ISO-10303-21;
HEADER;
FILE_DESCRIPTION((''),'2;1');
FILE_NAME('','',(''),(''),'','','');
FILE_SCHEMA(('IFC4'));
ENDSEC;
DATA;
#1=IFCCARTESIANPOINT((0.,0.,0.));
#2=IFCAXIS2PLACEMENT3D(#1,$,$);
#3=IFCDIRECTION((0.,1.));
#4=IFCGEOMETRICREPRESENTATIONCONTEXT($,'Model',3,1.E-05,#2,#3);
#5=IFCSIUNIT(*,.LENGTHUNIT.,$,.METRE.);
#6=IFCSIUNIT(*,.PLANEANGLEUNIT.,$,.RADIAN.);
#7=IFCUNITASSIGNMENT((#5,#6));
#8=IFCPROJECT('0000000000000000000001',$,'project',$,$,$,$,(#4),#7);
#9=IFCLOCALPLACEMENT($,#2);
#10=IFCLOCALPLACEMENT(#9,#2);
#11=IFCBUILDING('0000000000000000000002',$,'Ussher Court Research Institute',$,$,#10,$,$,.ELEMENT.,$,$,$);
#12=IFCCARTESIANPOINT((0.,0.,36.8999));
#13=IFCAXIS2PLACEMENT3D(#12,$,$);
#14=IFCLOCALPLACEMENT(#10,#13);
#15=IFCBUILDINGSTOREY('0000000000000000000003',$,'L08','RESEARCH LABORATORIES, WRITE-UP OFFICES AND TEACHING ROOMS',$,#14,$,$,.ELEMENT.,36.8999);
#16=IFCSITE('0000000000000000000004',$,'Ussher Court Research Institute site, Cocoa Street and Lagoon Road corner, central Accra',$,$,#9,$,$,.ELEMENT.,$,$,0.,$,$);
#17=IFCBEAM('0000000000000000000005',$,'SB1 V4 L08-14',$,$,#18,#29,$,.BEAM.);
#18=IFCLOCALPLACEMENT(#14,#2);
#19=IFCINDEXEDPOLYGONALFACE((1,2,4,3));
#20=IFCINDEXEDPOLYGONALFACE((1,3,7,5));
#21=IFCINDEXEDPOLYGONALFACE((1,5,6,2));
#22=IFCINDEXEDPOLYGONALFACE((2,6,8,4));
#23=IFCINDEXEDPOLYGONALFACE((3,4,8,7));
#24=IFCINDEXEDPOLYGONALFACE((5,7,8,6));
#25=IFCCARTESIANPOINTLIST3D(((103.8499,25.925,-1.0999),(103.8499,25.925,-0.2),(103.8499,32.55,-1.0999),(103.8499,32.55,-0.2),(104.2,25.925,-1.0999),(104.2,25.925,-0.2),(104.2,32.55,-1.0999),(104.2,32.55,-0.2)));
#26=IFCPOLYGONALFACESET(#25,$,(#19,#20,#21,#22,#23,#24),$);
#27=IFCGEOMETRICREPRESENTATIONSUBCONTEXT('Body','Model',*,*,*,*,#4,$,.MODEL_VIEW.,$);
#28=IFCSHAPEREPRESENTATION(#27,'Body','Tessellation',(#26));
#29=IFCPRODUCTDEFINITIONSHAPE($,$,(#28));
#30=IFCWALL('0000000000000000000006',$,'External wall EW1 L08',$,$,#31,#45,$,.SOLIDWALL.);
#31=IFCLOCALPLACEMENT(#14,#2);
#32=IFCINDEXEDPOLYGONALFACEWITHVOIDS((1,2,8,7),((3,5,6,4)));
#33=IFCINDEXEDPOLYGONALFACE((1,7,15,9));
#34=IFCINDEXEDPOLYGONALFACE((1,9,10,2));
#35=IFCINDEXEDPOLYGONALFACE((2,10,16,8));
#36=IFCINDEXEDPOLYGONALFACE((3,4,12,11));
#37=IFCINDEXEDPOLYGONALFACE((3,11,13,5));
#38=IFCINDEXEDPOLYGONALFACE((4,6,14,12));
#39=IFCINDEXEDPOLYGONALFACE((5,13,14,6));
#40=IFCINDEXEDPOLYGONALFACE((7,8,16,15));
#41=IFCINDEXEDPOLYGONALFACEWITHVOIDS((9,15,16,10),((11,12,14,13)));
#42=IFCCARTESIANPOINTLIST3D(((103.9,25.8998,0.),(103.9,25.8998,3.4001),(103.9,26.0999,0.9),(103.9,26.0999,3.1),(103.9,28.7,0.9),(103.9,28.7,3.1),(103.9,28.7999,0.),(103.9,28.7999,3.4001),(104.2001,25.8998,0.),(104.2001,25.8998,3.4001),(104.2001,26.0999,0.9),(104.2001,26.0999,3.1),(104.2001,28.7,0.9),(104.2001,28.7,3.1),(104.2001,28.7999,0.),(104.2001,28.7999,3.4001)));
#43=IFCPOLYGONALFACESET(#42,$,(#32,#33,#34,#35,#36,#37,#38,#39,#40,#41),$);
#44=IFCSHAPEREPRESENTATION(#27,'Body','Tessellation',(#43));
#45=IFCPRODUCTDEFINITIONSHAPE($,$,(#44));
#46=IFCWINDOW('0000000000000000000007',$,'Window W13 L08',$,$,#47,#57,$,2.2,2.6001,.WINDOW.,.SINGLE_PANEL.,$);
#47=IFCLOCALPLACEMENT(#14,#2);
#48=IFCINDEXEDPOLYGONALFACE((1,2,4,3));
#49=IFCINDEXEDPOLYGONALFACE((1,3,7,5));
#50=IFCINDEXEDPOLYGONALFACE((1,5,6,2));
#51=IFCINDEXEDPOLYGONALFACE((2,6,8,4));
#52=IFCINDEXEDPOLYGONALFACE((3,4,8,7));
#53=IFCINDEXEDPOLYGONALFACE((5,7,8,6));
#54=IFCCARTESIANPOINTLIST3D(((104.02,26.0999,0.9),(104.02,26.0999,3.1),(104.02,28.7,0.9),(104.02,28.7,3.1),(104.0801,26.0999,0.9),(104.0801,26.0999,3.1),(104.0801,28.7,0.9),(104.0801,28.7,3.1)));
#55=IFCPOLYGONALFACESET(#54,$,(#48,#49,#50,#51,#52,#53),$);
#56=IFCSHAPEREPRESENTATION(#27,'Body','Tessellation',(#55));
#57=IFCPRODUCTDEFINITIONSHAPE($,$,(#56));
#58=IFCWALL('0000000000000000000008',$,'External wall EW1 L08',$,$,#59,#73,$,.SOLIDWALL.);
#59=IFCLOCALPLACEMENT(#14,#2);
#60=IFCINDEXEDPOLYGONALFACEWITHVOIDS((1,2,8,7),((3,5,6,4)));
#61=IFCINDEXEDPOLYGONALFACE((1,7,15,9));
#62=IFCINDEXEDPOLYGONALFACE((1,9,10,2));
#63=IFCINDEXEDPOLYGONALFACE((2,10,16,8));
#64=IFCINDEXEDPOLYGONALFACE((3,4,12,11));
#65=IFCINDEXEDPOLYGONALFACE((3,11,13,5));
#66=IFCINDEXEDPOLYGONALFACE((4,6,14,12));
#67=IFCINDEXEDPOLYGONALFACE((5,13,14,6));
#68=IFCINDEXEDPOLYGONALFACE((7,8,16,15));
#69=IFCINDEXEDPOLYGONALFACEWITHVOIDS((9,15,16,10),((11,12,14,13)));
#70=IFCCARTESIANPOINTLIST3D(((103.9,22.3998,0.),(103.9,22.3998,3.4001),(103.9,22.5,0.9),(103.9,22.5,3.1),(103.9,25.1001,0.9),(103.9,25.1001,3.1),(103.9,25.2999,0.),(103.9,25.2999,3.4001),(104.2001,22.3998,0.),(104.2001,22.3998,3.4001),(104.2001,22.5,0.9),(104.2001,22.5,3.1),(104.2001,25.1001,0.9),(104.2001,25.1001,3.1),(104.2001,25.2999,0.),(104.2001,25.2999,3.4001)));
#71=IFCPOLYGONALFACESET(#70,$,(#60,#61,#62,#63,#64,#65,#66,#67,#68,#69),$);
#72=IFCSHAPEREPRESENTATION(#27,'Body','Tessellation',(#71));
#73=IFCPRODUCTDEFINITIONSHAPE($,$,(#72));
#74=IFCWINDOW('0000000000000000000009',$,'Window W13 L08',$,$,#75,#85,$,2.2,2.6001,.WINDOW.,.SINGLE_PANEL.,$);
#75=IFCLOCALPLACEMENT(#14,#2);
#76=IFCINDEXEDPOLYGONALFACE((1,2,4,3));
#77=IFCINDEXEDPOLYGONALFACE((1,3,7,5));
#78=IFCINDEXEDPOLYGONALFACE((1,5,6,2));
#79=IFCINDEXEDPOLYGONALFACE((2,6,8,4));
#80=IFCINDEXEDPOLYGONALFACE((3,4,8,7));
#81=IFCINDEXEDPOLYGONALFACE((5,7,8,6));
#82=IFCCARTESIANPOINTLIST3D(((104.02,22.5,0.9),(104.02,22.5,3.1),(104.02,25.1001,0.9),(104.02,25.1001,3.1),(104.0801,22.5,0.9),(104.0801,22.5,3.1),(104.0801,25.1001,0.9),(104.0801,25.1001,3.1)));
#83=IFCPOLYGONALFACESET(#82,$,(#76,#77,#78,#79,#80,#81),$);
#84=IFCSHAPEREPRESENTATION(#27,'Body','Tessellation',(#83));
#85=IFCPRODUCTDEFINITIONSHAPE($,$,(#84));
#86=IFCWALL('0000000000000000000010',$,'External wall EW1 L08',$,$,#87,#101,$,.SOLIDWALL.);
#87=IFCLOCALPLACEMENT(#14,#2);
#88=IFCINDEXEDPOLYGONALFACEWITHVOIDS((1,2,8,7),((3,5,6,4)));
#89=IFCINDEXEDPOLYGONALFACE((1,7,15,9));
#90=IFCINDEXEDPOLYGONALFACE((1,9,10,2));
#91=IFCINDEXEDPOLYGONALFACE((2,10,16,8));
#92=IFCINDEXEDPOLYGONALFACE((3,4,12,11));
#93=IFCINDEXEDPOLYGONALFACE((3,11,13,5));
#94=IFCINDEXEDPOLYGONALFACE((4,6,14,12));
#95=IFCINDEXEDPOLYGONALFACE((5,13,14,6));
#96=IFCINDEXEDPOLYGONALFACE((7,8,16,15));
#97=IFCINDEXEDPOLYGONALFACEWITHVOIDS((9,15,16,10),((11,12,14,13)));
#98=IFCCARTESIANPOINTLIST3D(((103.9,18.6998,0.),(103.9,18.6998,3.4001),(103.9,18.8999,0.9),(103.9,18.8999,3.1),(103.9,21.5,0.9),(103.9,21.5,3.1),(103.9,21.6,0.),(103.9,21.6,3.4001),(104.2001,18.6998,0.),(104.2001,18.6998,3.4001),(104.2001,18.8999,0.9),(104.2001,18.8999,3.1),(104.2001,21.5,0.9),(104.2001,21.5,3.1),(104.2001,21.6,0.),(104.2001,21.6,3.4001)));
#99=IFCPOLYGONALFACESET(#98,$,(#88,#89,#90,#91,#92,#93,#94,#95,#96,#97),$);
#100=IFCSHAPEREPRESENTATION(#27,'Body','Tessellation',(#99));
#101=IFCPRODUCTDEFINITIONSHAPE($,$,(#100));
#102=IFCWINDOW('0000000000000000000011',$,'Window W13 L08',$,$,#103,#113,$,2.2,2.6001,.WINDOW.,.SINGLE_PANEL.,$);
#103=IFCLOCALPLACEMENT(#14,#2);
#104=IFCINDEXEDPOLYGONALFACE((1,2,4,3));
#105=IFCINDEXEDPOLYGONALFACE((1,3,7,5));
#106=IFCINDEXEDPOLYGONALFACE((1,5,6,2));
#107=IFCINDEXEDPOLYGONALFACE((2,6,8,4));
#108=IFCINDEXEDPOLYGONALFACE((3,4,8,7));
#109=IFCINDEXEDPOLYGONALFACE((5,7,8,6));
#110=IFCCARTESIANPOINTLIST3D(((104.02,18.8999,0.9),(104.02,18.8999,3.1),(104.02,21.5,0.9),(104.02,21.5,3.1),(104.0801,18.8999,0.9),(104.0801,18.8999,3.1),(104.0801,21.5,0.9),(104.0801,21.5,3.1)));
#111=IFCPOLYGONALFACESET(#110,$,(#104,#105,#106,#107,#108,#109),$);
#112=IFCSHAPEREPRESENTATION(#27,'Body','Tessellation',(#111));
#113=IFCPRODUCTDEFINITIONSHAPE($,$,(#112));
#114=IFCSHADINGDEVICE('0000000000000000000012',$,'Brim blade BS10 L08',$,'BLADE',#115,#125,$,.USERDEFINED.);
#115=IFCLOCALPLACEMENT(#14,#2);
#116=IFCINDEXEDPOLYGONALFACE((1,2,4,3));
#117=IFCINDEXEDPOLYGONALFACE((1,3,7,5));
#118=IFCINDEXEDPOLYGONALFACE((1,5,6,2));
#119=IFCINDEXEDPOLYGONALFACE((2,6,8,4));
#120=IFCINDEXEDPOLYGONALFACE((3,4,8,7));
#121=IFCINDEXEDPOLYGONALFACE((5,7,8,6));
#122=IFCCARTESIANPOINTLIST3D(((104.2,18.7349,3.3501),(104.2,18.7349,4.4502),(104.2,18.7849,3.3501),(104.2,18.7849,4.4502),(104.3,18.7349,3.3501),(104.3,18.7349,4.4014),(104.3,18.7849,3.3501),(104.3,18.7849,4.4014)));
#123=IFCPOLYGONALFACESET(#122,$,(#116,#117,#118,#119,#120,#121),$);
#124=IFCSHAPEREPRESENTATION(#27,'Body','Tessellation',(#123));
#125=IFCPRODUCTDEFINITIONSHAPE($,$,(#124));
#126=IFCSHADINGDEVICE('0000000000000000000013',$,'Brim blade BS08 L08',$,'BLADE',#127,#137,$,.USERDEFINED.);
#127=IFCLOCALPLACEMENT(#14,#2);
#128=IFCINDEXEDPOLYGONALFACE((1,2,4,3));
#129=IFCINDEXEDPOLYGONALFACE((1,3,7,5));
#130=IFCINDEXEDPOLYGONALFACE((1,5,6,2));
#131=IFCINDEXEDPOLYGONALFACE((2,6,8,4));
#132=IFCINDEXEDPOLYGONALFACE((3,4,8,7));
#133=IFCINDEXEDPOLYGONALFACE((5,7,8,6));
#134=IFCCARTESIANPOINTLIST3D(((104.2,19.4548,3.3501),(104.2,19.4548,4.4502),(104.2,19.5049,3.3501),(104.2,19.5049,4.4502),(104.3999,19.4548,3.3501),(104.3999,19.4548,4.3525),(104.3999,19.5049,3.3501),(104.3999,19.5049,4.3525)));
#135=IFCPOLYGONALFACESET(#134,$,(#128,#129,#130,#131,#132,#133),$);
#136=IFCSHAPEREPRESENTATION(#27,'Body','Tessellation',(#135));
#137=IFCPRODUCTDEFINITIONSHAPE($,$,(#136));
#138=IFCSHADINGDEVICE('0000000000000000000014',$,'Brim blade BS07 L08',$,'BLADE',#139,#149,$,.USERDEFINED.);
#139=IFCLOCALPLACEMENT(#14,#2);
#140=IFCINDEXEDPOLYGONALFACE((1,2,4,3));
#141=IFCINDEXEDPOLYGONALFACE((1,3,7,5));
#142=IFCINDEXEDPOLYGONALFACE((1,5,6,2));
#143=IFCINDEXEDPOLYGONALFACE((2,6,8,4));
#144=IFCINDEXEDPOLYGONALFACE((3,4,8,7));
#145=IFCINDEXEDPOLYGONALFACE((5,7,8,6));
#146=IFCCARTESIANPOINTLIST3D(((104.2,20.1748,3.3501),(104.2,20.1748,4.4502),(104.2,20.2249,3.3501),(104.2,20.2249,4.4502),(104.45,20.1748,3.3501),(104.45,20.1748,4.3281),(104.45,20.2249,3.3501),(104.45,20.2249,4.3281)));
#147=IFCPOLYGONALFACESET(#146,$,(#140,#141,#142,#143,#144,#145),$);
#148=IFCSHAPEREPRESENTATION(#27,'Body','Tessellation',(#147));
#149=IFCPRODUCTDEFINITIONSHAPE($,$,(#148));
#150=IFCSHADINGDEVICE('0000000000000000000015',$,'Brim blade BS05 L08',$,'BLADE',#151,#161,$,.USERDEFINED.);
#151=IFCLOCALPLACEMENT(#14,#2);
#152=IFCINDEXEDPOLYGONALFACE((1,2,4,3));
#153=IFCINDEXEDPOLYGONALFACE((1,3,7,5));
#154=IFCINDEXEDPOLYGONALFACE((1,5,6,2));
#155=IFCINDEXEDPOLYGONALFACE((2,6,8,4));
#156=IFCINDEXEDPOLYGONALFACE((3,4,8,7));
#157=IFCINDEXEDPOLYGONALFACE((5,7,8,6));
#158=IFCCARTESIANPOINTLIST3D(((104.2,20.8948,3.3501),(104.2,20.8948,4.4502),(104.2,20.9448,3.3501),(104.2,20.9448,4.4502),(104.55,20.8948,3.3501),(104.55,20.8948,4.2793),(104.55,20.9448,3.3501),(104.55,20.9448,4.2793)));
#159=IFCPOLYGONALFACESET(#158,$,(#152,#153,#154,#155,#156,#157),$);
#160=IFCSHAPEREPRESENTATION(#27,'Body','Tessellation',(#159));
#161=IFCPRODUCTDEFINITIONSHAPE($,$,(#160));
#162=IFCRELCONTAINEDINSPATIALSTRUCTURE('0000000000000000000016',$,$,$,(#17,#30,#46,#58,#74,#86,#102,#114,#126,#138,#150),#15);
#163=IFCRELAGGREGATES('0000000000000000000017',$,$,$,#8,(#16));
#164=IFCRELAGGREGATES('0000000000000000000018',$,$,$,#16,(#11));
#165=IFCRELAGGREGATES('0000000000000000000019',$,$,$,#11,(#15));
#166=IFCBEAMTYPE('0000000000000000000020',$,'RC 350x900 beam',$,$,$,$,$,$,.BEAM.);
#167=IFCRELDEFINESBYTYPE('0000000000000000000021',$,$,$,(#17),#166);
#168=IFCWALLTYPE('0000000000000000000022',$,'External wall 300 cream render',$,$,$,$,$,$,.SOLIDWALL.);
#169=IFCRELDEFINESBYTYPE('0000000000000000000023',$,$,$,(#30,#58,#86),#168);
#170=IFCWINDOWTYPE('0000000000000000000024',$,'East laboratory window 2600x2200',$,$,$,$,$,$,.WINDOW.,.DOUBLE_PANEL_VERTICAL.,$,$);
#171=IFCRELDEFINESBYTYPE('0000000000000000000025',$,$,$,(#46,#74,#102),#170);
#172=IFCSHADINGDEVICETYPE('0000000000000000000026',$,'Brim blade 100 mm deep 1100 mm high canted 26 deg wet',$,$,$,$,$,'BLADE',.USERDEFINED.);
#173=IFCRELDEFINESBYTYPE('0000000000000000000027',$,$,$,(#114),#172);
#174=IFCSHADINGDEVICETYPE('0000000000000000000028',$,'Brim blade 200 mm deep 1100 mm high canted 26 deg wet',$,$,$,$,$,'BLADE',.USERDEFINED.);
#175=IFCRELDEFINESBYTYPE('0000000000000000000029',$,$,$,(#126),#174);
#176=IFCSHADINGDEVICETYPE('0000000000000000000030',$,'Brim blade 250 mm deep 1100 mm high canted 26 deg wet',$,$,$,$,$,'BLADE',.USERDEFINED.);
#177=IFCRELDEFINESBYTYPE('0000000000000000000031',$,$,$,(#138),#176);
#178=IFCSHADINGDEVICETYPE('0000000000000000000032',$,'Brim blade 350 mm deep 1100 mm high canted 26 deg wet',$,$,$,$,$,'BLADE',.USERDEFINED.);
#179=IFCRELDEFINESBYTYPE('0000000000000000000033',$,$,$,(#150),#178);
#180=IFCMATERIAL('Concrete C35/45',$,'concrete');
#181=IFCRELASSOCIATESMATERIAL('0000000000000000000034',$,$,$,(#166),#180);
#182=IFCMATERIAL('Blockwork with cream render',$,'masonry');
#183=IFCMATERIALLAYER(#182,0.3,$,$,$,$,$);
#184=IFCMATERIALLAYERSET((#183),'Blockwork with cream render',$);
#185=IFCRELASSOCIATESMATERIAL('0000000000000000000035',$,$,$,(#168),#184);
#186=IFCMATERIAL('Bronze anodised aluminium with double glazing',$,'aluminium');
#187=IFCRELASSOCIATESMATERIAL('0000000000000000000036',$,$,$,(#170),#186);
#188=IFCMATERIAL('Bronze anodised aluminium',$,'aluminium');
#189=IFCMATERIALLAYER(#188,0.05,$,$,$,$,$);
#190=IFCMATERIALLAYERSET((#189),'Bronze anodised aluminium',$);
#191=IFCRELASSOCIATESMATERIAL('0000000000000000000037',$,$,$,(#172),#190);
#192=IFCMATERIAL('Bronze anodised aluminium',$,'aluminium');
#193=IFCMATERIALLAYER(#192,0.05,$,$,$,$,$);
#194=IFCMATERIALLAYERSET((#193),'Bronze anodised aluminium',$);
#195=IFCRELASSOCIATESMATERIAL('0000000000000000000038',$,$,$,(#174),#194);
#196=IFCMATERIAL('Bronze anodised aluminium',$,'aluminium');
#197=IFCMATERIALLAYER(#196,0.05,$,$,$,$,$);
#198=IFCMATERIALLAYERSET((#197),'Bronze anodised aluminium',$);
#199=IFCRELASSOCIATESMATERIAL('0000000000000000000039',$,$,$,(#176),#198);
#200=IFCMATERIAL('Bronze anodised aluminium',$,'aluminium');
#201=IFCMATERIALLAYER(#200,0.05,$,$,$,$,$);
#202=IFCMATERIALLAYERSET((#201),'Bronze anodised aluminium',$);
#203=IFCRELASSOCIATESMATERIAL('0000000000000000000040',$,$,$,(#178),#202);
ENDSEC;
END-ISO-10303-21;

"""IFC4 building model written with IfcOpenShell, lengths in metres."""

from ifc_helpers import new_model, si_unit, direction, frame, frame_2d, origin, origin_2d, place, context, subcontext, project, spatial, polyline, rectangle, outline, extrude, material, layer, layer_set, material_profile, profile_set, type_object, element, fill, save


model = new_model("IFC4")

# Units and contexts
model_context = context("Model", 3, precision=1e-05, world=origin(), true_north=direction((0.0, 1.0)))
body_context = subcontext(model_context, "Body", "Model", "MODEL_VIEW")
ifc_project = project(units=[si_unit("LENGTHUNIT", "METRE"), si_unit("PLANEANGLEUNIT", "RADIAN")], contexts=[model_context])

# Site, building, storey
site_placement = place(None, origin())
site = spatial("IfcSite", under=ifc_project, at=site_placement, Name="Ussher Court Research Institute site, Cocoa Street and Lagoon Road corner, central Accra", CompositionType="ELEMENT", RefElevation=0.0)
building_placement = place(site_placement, origin())
building = spatial("IfcBuilding", under=site, at=building_placement, Name="Ussher Court Research Institute", CompositionType="ELEMENT")
storey_placement = place(building_placement, frame((0.0, 0.0, 36.8999)))
storey = spatial("IfcBuildingStorey", under=building, at=storey_placement, Name="L08", Description="RESEARCH LABORATORIES, WRITE-UP OFFICES AND TEACHING ROOMS", CompositionType="ELEMENT", Elevation=36.8999)

# Beam
ifc_material_1 = material(Name="Concrete C35/45", Category="concrete")
ifc_material_profile = material_profile(ifc_material_1, rectangle(XDim=0.3501, YDim=0.8999, at=origin_2d()), Name="RC 350x900")
ifc_profile_set = profile_set([ifc_material_profile], Name="Concrete C35/45")
beam_type = type_object("IfcBeamType", Name="RC 350x900 beam", PredefinedType="BEAM", material=ifc_profile_set)
beam_placement = place(storey_placement, frame((104.0249, 25.925, -0.6499), z_axis=(0.0, 1.0, 0.0), x_axis=(-1.0, 0.0, 0.0)))
element("IfcBeam", 1, at=beam_placement, inside=storey, type_object=beam_type, Name="SB1 V4 L08-14", PredefinedType="BEAM", context=body_context, shape_type="SweptSolid", body=[
    extrude(rectangle(XDim=0.3501, YDim=0.8999, at=origin_2d()), origin(), (0.0, 0.0, 1.0), 6.625),
])

# Walls, openings, windows
ifc_material_2 = material(Name="Blockwork with cream render", Category="masonry")
ifc_layer_1 = layer(ifc_material_2, 0.3)
ifc_layer_set_1 = layer_set([ifc_layer_1], Name="Blockwork with cream render")
wall_type = type_object("IfcWallType", Name="External wall 300 cream render", PredefinedType="SOLIDWALL", material=ifc_layer_set_1)
wall_1_placement = place(storey_placement, frame((104.05, 28.8, 0.0), z_axis=(0.0, 0.0, 1.0), x_axis=(0.0, -1.0, 0.0)))
wall_1 = element("IfcWall", 2, at=wall_1_placement, inside=storey, type_object=wall_type, Name="External wall EW1 L08", PredefinedType="SOLIDWALL", context=body_context, shape_type="SweptSolid", body=[
    extrude(rectangle(XDim=2.9001, YDim=0.3, at=frame_2d((1.4502, 0.0))), origin(), (0.0, 0.0, 1.0), 3.4001),
])
opening_1_placement = place(wall_1_placement, frame((0.1001, 0.0, 0.8999)))
opening_1 = element("IfcOpeningElement", 3, at=opening_1_placement, cuts=wall_1, PredefinedType="OPENING", context=body_context, shape_type="SweptSolid", body=[
    extrude(rectangle(XDim=2.6001, YDim=2.2, at=frame_2d((1.3, 1.1001))), frame((0.0, 0.1602, 0.0), z_axis=(0.0, -1.0, 0.0), x_axis=(1.0, 0.0, 0.0)), (0.0, 0.0, 1.0), 0.3201),
])
ifc_material_3 = material(Name="Bronze anodised aluminium with double glazing", Category="aluminium")
window_type = type_object("IfcWindowType", Name="East laboratory window 2600x2200", PartitioningType="DOUBLE_PANEL_VERTICAL", PredefinedType="WINDOW", material=ifc_material_3)
window_1_placement = place(opening_1_placement, origin())
window_1 = element("IfcWindow", 4, at=window_1_placement, inside=storey, type_object=window_type, Name="Window W13 L08", OverallHeight=2.2, OverallWidth=2.6001, PartitioningType="SINGLE_PANEL", PredefinedType="WINDOW", context=body_context, shape_type="SweptSolid", body=[
    extrude(rectangle(XDim=2.6001, YDim=2.2, at=frame_2d((1.3, 1.1001))), frame((0.0, 0.03, 0.0), z_axis=(0.0, -1.0, 0.0), x_axis=(1.0, 0.0, 0.0)), (0.0, 0.0, 1.0), 0.0601),
])
fill(opening_1, window_1)
wall_2_placement = place(storey_placement, frame((104.05, 25.3, 0.0), z_axis=(0.0, 0.0, 1.0), x_axis=(0.0, -1.0, 0.0)))
wall_2 = element("IfcWall", 5, at=wall_2_placement, inside=storey, type_object=wall_type, Name="External wall EW1 L08", PredefinedType="SOLIDWALL", context=body_context, shape_type="SweptSolid", body=[
    extrude(rectangle(XDim=2.9001, YDim=0.3, at=frame_2d((1.4502, 0.0))), origin(), (0.0, 0.0, 1.0), 3.4001),
])
opening_2_placement = place(wall_2_placement, frame((0.2, 0.0, 0.8999)))
opening_2 = element("IfcOpeningElement", 6, at=opening_2_placement, cuts=wall_2, PredefinedType="OPENING", context=body_context, shape_type="SweptSolid", body=[
    extrude(rectangle(XDim=2.6001, YDim=2.2, at=frame_2d((1.3, 1.1001))), frame((0.0, 0.1602, 0.0), z_axis=(0.0, -1.0, 0.0), x_axis=(1.0, 0.0, 0.0)), (0.0, 0.0, 1.0), 0.3201),
])
window_2_placement = place(opening_2_placement, origin())
window_2 = element("IfcWindow", 7, at=window_2_placement, inside=storey, type_object=window_type, Name="Window W13 L08", OverallHeight=2.2, OverallWidth=2.6001, PartitioningType="SINGLE_PANEL", PredefinedType="WINDOW", context=body_context, shape_type="SweptSolid", body=[
    extrude(rectangle(XDim=2.6001, YDim=2.2, at=frame_2d((1.3, 1.1001))), frame((0.0, 0.03, 0.0), z_axis=(0.0, -1.0, 0.0), x_axis=(1.0, 0.0, 0.0)), (0.0, 0.0, 1.0), 0.0601),
])
fill(opening_2, window_2)
wall_3_placement = place(storey_placement, frame((104.05, 21.6001, 0.0), z_axis=(0.0, 0.0, 1.0), x_axis=(0.0, -1.0, 0.0)))
wall_3 = element("IfcWall", 8, at=wall_3_placement, inside=storey, type_object=wall_type, Name="External wall EW1 L08", PredefinedType="SOLIDWALL", context=body_context, shape_type="SweptSolid", body=[
    extrude(rectangle(XDim=2.9001, YDim=0.3, at=frame_2d((1.4502, 0.0))), origin(), (0.0, 0.0, 1.0), 3.4001),
])
opening_3_placement = place(wall_3_placement, frame((0.1001, 0.0, 0.8999)))
opening_3 = element("IfcOpeningElement", 9, at=opening_3_placement, cuts=wall_3, PredefinedType="OPENING", context=body_context, shape_type="SweptSolid", body=[
    extrude(rectangle(XDim=2.6001, YDim=2.2, at=frame_2d((1.3, 1.1001))), frame((0.0, 0.1602, 0.0), z_axis=(0.0, -1.0, 0.0), x_axis=(1.0, 0.0, 0.0)), (0.0, 0.0, 1.0), 0.3201),
])
window_3_placement = place(opening_3_placement, origin())
window_3 = element("IfcWindow", 10, at=window_3_placement, inside=storey, type_object=window_type, Name="Window W13 L08", OverallHeight=2.2, OverallWidth=2.6001, PartitioningType="SINGLE_PANEL", PredefinedType="WINDOW", context=body_context, shape_type="SweptSolid", body=[
    extrude(rectangle(XDim=2.6001, YDim=2.2, at=frame_2d((1.3, 1.1001))), frame((0.0, 0.03, 0.0), z_axis=(0.0, -1.0, 0.0), x_axis=(1.0, 0.0, 0.0)), (0.0, 0.0, 1.0), 0.0601),
])
fill(opening_3, window_3)

# Shading devices
ifc_material_4 = material(Name="Bronze anodised aluminium", Category="aluminium")
ifc_layer_2 = layer(ifc_material_4, 0.05)
ifc_layer_set_2 = layer_set([ifc_layer_2], Name="Bronze anodised aluminium")
shading_device_type_1 = type_object("IfcShadingDeviceType", Name="Brim blade 100 mm deep 1100 mm high canted 26 deg wet", ElementType="BLADE", PredefinedType="USERDEFINED", material=ifc_layer_set_2)
shading_device_1_placement = place(storey_placement, frame((104.2, 18.76, 3.3501), z_axis=(0.0, 0.0, 1.0), x_axis=(1.0, 0.0, 0.0)))
element("IfcShadingDevice", 11, at=shading_device_1_placement, inside=storey, type_object=shading_device_type_1, Name="Brim blade BS10 L08", ObjectType="BLADE", PredefinedType="USERDEFINED", context=body_context, shape_type="SweptSolid", body=[
    extrude(outline(polyline([(0.0, 0.0), (0.1001, 0.0), (0.1001, 1.0513), (0.0, 1.1001), (0.0, 0.0)])), frame((0.0, 0.0249, 0.0), z_axis=(0.0, -1.0, 0.0), x_axis=(1.0, 0.0, 0.0)), (0.0, 0.0, 1.0), 0.05),
])
ifc_material_5 = material(Name="Bronze anodised aluminium", Category="aluminium")
ifc_layer_3 = layer(ifc_material_5, 0.05)
ifc_layer_set_3 = layer_set([ifc_layer_3], Name="Bronze anodised aluminium")
shading_device_type_2 = type_object("IfcShadingDeviceType", Name="Brim blade 200 mm deep 1100 mm high canted 26 deg wet", ElementType="BLADE", PredefinedType="USERDEFINED", material=ifc_layer_set_3)
shading_device_2_placement = place(storey_placement, frame((104.2, 19.48, 3.3501), z_axis=(0.0, 0.0, 1.0), x_axis=(1.0, 0.0, 0.0)))
element("IfcShadingDevice", 12, at=shading_device_2_placement, inside=storey, type_object=shading_device_type_2, Name="Brim blade BS08 L08", ObjectType="BLADE", PredefinedType="USERDEFINED", context=body_context, shape_type="SweptSolid", body=[
    extrude(outline(polyline([(0.0, 0.0), (0.2, 0.0), (0.2, 1.0024), (0.0, 1.1001), (0.0, 0.0)])), frame((0.0, 0.0249, 0.0), z_axis=(0.0, -1.0, 0.0), x_axis=(1.0, 0.0, 0.0)), (0.0, 0.0, 1.0), 0.05),
])
ifc_material_6 = material(Name="Bronze anodised aluminium", Category="aluminium")
ifc_layer_4 = layer(ifc_material_6, 0.05)
ifc_layer_set_4 = layer_set([ifc_layer_4], Name="Bronze anodised aluminium")
shading_device_type_3 = type_object("IfcShadingDeviceType", Name="Brim blade 250 mm deep 1100 mm high canted 26 deg wet", ElementType="BLADE", PredefinedType="USERDEFINED", material=ifc_layer_set_4)
shading_device_3_placement = place(storey_placement, frame((104.2, 20.2, 3.3501), z_axis=(0.0, 0.0, 1.0), x_axis=(1.0, 0.0, 0.0)))
element("IfcShadingDevice", 13, at=shading_device_3_placement, inside=storey, type_object=shading_device_type_3, Name="Brim blade BS07 L08", ObjectType="BLADE", PredefinedType="USERDEFINED", context=body_context, shape_type="SweptSolid", body=[
    extrude(outline(polyline([(0.0, 0.0), (0.25, 0.0), (0.25, 0.978), (0.0, 1.1001), (0.0, 0.0)])), frame((0.0, 0.0249, 0.0), z_axis=(0.0, -1.0, 0.0), x_axis=(1.0, 0.0, 0.0)), (0.0, 0.0, 1.0), 0.05),
])
ifc_material_7 = material(Name="Bronze anodised aluminium", Category="aluminium")
ifc_layer_5 = layer(ifc_material_7, 0.05)
ifc_layer_set_5 = layer_set([ifc_layer_5], Name="Bronze anodised aluminium")
shading_device_type_4 = type_object("IfcShadingDeviceType", Name="Brim blade 350 mm deep 1100 mm high canted 26 deg wet", ElementType="BLADE", PredefinedType="USERDEFINED", material=ifc_layer_set_5)
shading_device_4_placement = place(storey_placement, frame((104.2, 20.9199, 3.3501), z_axis=(0.0, 0.0, 1.0), x_axis=(1.0, 0.0, 0.0)))
element("IfcShadingDevice", 14, at=shading_device_4_placement, inside=storey, type_object=shading_device_type_4, Name="Brim blade BS05 L08", ObjectType="BLADE", PredefinedType="USERDEFINED", context=body_context, shape_type="SweptSolid", body=[
    extrude(outline(polyline([(0.0, 0.0), (0.3501, 0.0), (0.3501, 0.9292), (0.0, 1.1001), (0.0, 0.0)])), frame((0.0, 0.0249, 0.0), z_axis=(0.0, -1.0, 0.0), x_axis=(1.0, 0.0, 0.0)), (0.0, 0.0, 1.0), 0.05),
])

save(model, "model.ifc")
